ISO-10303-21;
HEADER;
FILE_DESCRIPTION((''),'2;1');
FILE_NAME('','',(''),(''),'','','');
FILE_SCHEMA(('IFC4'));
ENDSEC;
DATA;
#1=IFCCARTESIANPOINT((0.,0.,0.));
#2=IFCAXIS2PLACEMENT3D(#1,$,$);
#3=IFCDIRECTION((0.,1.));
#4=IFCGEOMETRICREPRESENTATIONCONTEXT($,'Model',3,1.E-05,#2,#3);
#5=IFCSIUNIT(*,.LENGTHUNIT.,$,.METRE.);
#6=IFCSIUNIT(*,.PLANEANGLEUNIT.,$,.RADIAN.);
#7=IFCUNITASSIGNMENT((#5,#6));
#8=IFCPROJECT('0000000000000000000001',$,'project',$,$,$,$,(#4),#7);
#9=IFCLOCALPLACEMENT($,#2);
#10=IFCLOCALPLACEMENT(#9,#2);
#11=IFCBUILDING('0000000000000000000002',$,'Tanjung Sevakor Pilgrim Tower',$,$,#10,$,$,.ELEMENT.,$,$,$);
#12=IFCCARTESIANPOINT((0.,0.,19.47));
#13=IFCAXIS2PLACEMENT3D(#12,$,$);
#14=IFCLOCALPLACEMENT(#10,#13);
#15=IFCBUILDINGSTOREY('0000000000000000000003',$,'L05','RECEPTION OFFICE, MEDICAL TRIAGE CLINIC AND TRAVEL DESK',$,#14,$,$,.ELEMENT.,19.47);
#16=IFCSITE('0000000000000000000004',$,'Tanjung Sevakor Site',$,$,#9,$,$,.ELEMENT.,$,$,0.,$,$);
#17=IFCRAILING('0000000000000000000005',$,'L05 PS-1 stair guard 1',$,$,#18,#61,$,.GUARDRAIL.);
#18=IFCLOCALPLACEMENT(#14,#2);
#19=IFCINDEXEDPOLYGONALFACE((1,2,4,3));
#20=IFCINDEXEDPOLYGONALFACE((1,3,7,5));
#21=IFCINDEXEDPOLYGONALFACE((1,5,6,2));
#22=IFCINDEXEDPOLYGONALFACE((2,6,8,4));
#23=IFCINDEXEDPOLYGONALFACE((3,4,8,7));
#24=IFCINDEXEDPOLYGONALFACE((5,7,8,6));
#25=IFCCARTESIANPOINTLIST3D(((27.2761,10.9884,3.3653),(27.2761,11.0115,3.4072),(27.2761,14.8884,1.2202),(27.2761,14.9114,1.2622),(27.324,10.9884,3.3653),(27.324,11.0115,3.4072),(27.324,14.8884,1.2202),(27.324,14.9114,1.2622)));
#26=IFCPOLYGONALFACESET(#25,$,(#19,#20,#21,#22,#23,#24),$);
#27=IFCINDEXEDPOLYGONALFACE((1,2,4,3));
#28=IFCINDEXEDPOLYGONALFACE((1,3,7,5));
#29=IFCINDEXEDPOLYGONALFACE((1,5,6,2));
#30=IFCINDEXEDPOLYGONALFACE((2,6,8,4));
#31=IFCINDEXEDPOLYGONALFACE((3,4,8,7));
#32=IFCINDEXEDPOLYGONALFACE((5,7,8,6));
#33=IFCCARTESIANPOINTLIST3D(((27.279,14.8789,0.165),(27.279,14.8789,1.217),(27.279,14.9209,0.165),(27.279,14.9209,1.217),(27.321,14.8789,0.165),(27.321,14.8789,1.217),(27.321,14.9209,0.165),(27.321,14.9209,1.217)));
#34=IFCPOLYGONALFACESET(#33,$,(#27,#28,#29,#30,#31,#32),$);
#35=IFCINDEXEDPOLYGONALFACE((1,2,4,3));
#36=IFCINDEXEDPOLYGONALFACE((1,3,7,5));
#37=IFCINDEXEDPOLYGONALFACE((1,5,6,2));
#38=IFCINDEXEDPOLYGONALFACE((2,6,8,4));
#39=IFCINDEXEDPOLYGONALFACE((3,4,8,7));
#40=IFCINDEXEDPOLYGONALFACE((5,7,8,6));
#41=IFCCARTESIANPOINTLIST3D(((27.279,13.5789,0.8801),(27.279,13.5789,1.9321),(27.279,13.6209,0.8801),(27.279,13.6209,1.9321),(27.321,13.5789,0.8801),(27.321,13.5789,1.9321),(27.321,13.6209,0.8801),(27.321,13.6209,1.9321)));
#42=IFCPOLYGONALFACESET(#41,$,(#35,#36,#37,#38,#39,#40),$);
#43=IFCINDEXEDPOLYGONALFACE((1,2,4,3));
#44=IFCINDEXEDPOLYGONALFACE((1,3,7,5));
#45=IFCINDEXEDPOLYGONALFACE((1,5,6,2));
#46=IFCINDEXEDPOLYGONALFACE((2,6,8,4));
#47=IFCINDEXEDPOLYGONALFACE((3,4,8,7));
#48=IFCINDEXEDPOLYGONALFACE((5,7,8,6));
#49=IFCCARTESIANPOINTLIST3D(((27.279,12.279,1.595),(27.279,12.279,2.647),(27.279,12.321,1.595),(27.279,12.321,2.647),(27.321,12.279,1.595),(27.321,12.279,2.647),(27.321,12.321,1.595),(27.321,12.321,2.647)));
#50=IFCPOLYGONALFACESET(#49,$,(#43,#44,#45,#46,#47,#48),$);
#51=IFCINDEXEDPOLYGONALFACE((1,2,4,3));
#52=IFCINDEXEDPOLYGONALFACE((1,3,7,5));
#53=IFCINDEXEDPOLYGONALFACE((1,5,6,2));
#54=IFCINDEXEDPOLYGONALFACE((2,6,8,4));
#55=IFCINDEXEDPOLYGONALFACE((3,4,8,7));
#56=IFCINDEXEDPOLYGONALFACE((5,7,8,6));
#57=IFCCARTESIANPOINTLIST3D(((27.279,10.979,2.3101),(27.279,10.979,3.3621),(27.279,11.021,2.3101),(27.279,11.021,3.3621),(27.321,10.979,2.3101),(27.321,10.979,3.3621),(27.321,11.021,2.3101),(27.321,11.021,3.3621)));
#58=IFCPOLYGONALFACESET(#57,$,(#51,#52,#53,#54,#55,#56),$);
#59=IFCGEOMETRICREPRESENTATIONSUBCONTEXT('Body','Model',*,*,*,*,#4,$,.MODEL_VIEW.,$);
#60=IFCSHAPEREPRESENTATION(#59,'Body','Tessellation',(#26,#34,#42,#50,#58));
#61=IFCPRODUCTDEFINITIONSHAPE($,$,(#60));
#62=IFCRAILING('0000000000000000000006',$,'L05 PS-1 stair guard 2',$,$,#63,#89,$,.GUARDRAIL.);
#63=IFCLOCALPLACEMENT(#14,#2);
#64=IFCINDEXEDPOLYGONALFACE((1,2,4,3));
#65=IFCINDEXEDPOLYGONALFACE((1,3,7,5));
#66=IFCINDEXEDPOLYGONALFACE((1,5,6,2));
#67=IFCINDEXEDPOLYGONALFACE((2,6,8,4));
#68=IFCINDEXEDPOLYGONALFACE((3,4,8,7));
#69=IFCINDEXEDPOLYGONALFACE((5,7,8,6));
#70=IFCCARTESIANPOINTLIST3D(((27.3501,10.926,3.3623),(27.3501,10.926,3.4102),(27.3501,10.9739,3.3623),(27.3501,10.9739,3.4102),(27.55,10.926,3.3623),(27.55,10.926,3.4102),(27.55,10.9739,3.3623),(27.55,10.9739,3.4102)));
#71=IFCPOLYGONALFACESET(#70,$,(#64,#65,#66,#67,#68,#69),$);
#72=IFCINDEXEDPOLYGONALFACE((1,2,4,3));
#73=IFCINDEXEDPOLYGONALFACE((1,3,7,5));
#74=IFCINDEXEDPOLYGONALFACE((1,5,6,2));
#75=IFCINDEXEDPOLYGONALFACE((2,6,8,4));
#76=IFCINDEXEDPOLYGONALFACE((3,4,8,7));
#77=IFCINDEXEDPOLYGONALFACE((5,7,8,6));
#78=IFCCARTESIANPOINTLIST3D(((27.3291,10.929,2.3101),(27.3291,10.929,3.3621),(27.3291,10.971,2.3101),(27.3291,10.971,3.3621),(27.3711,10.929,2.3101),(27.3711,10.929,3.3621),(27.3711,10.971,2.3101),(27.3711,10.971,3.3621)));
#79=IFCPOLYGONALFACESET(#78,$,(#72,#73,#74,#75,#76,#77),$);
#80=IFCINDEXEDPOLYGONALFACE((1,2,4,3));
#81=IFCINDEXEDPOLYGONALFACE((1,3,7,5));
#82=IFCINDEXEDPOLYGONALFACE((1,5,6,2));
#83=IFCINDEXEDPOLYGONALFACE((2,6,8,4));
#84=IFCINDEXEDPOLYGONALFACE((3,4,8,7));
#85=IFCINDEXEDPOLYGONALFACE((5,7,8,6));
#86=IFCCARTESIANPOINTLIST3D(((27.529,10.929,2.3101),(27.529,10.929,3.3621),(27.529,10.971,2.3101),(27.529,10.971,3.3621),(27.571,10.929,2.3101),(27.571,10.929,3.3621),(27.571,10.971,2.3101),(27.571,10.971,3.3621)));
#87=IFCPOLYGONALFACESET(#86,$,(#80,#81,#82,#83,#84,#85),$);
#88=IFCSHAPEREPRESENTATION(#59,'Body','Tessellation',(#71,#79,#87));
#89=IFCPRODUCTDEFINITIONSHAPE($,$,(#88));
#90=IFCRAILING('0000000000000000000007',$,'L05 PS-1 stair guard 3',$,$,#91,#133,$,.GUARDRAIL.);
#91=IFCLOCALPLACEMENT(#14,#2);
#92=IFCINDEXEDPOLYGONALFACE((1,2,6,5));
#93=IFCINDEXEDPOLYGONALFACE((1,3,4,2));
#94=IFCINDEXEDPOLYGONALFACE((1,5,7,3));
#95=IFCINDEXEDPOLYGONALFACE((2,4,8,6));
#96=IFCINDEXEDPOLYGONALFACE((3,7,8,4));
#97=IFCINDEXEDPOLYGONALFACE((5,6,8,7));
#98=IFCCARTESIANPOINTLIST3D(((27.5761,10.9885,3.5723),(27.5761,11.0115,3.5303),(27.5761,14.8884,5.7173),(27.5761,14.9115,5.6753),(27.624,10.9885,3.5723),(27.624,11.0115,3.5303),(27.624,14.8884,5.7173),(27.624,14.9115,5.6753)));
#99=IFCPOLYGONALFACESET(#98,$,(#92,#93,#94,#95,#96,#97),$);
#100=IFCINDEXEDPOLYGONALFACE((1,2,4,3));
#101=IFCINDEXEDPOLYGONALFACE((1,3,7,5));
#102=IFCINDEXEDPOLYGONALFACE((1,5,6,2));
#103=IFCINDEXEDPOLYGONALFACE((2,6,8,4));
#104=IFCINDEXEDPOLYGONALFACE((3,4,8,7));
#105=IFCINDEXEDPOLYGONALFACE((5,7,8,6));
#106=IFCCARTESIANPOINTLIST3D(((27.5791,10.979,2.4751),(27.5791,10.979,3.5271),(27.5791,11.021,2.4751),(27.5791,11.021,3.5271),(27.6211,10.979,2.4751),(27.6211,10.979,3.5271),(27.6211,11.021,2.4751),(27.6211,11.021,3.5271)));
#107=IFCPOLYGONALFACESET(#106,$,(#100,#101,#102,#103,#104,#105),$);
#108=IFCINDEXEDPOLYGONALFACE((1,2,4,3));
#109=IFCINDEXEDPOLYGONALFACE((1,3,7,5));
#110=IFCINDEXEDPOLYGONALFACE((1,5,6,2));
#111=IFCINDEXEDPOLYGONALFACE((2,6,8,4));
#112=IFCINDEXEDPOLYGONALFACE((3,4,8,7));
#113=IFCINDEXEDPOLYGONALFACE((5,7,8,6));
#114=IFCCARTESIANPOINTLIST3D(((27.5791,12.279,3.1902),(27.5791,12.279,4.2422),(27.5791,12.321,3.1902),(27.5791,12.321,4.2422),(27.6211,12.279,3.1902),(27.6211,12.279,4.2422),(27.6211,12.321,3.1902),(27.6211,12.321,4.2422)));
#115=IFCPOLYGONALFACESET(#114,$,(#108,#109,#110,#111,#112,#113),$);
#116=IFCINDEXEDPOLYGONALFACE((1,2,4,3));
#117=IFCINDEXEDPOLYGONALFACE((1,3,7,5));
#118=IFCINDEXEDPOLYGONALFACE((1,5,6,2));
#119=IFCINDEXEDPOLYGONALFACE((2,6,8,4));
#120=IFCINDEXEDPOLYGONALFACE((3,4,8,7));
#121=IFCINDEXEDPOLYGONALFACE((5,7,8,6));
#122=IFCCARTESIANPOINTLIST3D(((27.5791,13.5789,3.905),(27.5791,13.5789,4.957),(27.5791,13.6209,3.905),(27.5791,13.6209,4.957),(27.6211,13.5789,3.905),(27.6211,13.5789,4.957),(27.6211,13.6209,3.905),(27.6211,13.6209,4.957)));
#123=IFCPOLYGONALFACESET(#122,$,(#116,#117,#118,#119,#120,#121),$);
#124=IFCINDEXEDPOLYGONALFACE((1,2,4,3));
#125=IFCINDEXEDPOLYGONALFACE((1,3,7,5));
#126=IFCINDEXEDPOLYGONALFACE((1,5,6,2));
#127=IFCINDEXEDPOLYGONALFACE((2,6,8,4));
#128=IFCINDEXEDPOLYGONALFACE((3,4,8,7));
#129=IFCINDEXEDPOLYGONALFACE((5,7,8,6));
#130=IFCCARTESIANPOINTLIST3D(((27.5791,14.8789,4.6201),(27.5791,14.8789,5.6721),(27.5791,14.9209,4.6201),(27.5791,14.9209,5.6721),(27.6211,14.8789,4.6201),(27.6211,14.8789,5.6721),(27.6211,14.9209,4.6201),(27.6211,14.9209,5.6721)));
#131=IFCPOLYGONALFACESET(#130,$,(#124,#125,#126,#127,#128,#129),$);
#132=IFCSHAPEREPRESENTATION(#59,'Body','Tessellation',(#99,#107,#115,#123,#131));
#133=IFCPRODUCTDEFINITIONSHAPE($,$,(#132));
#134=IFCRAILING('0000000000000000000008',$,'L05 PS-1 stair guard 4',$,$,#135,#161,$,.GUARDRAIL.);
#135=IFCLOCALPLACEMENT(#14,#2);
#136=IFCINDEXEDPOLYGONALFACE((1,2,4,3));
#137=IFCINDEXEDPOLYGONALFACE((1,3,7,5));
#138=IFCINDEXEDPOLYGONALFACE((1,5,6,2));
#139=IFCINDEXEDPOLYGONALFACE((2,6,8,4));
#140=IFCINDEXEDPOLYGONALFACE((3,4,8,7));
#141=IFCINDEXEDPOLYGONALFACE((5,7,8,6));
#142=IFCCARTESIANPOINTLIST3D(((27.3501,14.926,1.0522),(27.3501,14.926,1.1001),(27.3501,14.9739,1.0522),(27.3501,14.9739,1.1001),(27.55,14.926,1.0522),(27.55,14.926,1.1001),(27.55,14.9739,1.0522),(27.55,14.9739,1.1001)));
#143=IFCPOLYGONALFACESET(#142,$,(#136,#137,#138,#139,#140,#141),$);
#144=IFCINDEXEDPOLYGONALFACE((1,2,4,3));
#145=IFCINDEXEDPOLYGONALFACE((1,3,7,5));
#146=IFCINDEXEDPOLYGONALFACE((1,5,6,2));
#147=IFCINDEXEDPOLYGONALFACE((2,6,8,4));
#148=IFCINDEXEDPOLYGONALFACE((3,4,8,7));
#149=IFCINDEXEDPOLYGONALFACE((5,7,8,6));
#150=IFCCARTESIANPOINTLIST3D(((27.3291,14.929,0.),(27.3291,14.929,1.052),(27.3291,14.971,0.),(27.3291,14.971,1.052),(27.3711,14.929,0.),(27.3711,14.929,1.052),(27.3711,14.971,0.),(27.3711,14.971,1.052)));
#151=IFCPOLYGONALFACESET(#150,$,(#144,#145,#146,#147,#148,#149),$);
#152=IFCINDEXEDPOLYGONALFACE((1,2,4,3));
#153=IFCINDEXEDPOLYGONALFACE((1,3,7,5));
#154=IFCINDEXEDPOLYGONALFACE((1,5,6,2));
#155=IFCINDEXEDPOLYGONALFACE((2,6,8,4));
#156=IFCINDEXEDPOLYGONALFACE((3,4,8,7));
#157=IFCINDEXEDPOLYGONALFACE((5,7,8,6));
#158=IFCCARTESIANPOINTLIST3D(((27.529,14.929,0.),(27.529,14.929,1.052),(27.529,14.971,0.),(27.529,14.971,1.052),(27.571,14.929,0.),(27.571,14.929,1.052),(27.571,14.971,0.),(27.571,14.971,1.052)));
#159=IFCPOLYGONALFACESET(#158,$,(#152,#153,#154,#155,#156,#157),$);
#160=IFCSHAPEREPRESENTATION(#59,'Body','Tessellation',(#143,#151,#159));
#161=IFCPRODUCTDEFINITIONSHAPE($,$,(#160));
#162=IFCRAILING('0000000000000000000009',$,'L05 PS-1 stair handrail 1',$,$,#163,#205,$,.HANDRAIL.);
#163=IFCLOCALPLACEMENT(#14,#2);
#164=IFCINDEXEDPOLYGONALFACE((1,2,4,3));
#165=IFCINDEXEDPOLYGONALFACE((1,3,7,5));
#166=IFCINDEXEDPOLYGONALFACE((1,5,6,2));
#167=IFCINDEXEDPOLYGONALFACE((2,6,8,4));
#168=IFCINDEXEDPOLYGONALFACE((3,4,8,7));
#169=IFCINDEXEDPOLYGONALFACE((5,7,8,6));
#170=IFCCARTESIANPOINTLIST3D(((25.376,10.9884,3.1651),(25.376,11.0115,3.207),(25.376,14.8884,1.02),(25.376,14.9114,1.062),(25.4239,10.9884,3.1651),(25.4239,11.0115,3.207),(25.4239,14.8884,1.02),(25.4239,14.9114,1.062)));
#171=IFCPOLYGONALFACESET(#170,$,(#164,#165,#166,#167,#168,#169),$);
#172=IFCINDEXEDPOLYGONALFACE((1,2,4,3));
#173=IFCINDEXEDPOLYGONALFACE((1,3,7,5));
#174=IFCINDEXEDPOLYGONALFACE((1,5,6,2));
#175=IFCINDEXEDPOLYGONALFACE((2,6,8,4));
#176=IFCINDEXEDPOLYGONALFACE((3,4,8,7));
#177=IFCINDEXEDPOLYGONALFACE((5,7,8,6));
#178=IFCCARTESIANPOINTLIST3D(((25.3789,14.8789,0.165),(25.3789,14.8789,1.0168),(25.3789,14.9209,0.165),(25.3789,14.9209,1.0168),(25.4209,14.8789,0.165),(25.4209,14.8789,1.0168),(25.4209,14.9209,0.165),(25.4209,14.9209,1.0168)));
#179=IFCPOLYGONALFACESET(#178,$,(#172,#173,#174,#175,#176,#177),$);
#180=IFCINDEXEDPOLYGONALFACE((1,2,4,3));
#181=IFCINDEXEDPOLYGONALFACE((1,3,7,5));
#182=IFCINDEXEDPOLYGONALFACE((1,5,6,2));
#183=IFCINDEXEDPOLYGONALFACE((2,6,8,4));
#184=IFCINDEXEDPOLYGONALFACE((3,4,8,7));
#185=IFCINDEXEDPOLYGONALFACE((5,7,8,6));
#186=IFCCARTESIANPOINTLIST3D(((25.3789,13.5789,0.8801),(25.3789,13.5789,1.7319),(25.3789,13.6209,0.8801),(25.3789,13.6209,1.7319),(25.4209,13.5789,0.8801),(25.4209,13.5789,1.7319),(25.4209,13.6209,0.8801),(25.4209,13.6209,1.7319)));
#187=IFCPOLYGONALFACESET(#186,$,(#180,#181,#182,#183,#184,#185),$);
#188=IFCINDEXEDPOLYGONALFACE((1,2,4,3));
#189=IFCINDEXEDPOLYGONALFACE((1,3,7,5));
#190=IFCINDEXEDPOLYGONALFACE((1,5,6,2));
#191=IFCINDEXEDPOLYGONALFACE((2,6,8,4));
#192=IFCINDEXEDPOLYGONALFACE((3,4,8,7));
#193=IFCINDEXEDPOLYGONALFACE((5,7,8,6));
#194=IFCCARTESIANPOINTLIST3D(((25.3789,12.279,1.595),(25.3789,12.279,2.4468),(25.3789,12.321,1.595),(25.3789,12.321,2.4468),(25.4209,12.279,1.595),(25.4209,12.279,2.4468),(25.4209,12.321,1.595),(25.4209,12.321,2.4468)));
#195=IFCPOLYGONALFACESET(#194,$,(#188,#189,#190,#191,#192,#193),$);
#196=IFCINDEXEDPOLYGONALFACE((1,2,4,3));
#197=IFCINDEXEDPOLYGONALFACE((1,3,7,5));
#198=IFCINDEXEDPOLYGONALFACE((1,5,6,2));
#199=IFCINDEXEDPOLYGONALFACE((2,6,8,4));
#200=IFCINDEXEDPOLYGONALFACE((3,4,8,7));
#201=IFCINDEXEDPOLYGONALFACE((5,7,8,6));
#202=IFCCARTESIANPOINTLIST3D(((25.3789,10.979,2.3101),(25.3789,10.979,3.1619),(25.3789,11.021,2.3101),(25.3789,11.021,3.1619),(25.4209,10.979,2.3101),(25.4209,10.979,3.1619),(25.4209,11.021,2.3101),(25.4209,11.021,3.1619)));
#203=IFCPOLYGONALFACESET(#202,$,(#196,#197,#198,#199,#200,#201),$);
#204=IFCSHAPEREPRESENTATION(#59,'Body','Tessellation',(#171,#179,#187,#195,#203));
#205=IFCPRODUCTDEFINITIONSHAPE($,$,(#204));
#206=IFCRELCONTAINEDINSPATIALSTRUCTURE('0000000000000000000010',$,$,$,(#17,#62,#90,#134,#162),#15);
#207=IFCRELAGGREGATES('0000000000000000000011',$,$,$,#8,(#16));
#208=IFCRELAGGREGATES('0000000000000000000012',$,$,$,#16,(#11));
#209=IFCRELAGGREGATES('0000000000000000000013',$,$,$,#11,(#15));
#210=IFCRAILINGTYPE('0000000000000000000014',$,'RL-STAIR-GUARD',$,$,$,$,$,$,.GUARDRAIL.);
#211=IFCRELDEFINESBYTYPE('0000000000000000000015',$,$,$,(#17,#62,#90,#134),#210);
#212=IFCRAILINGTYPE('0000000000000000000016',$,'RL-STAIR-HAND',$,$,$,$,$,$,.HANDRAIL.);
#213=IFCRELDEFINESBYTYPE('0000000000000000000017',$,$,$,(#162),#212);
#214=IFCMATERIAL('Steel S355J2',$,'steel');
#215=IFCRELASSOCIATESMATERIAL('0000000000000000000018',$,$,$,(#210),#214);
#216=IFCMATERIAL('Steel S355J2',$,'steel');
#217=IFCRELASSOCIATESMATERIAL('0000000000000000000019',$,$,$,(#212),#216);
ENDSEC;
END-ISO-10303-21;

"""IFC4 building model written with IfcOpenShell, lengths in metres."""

from ifc_helpers import new_model, si_unit, direction, frame, origin, place, context, subcontext, project, spatial, rectangle, extrude, material, type_object, element, save


model = new_model("IFC4")

# Units and contexts
model_context = context("Model", 3, precision=1e-05, world=origin(), true_north=direction((0.0, 1.0)))
body_context = subcontext(model_context, "Body", "Model", "MODEL_VIEW")
ifc_project = project(units=[si_unit("LENGTHUNIT", "METRE"), si_unit("PLANEANGLEUNIT", "RADIAN")], contexts=[model_context])

# Site, building, storey
site_placement = place(None, origin())
site = spatial("IfcSite", under=ifc_project, at=site_placement, Name="Tanjung Sevakor Site", CompositionType="ELEMENT", RefElevation=0.0)
building_placement = place(site_placement, origin())
building = spatial("IfcBuilding", under=site, at=building_placement, Name="Tanjung Sevakor Pilgrim Tower", CompositionType="ELEMENT")
storey_placement = place(building_placement, frame((0.0, 0.0, 19.47)))
storey = spatial("IfcBuildingStorey", under=building, at=storey_placement, Name="L05", Description="RECEPTION OFFICE, MEDICAL TRIAGE CLINIC AND TRAVEL DESK", CompositionType="ELEMENT", Elevation=19.47)

# Railings
ifc_material_1 = material(Name="Steel S355J2", Category="steel")
railing_type_1 = type_object("IfcRailingType", Name="RL-STAIR-GUARD", PredefinedType="GUARDRAIL", material=ifc_material_1)
railing_1_placement = place(storey_placement, frame((27.3, 14.8999, 0.165)))
element("IfcRailing", 1, at=railing_1_placement, inside=storey, type_object=railing_type_1, Name="L05 PS-1 stair guard 1", PredefinedType="GUARDRAIL", context=body_context, shape_type="SweptSolid", body=[
    extrude(rectangle(XDim=0.0479, YDim=0.0479), frame((0.0, 0.0, 1.0762), z_axis=(0.0, -0.876209, 0.481931), x_axis=(1.0, 0.0, 0.0)), (0.0, 0.0, 1.0), 4.4509),
    extrude(rectangle(XDim=0.042, YDim=0.042), origin(), (0.0, 0.0, 1.0), 1.052),
    extrude(rectangle(XDim=0.042, YDim=0.042), frame((0.0, -1.3, 0.7151)), (0.0, 0.0, 1.0), 1.052),
    extrude(rectangle(XDim=0.042, YDim=0.042), frame((0.0, -2.5999, 1.4299)), (0.0, 0.0, 1.0), 1.052),
    extrude(rectangle(XDim=0.042, YDim=0.042), frame((0.0, -3.8999, 2.145)), (0.0, 0.0, 1.0), 1.052),
])
railing_2_placement = place(storey_placement, frame((27.3501, 10.95, 2.3101)))
element("IfcRailing", 2, at=railing_2_placement, inside=storey, type_object=railing_type_1, Name="L05 PS-1 stair guard 2", PredefinedType="GUARDRAIL", context=body_context, shape_type="SweptSolid", body=[
    extrude(rectangle(XDim=0.0479, YDim=0.0479), frame((0.0, 0.0, 1.0762), z_axis=(1.0, 0.0, 0.0), x_axis=(0.0, 1.0, 0.0)), (0.0, 0.0, 1.0), 0.2),
    extrude(rectangle(XDim=0.042, YDim=0.042), origin(), (0.0, 0.0, 1.0), 1.052),
    extrude(rectangle(XDim=0.042, YDim=0.042), frame((0.2, 0.0, 0.0)), (0.0, 0.0, 1.0), 1.052),
])
railing_3_placement = place(storey_placement, frame((27.6001, 11.0, 2.4751)))
element("IfcRailing", 3, at=railing_3_placement, inside=storey, type_object=railing_type_1, Name="L05 PS-1 stair guard 3", PredefinedType="GUARDRAIL", context=body_context, shape_type="SweptSolid", body=[
    extrude(rectangle(XDim=0.0479, YDim=0.0479), frame((0.0, 0.0, 1.0762), z_axis=(0.0, 0.876209, 0.481931), x_axis=(-1.0, 0.0, 0.0)), (0.0, 0.0, 1.0), 4.4509),
    extrude(rectangle(XDim=0.042, YDim=0.042), origin(), (0.0, 0.0, 1.0), 1.052),
    extrude(rectangle(XDim=0.042, YDim=0.042), frame((0.0, 1.3, 0.7151)), (0.0, 0.0, 1.0), 1.052),
    extrude(rectangle(XDim=0.042, YDim=0.042), frame((0.0, 2.5999, 1.4299)), (0.0, 0.0, 1.0), 1.052),
    extrude(rectangle(XDim=0.042, YDim=0.042), frame((0.0, 3.8999, 2.145)), (0.0, 0.0, 1.0), 1.052),
])
railing_4_placement = place(storey_placement, frame((27.3501, 14.95, 0.0)))
element("IfcRailing", 4, at=railing_4_placement, inside=storey, type_object=railing_type_1, Name="L05 PS-1 stair guard 4", PredefinedType="GUARDRAIL", context=body_context, shape_type="SweptSolid", body=[
    extrude(rectangle(XDim=0.0479, YDim=0.0479), frame((0.0, 0.0, 1.0762), z_axis=(1.0, 0.0, 0.0), x_axis=(0.0, 1.0, 0.0)), (0.0, 0.0, 1.0), 0.2),
    extrude(rectangle(XDim=0.042, YDim=0.042), origin(), (0.0, 0.0, 1.0), 1.052),
    extrude(rectangle(XDim=0.042, YDim=0.042), frame((0.2, 0.0, 0.0)), (0.0, 0.0, 1.0), 1.052),
])
ifc_material_2 = material(Name="Steel S355J2", Category="steel")
railing_type_2 = type_object("IfcRailingType", Name="RL-STAIR-HAND", PredefinedType="HANDRAIL", material=ifc_material_2)
railing_5_placement = place(storey_placement, frame((25.3999, 14.8999, 0.165)))
element("IfcRailing", 5, at=railing_5_placement, inside=storey, type_object=railing_type_2, Name="L05 PS-1 stair handrail 1", PredefinedType="HANDRAIL", context=body_context, shape_type="SweptSolid", body=[
    extrude(rectangle(XDim=0.0479, YDim=0.0479), frame((0.0, 0.0, 0.876), z_axis=(0.0, -0.876209, 0.481931), x_axis=(1.0, 0.0, 0.0)), (0.0, 0.0, 1.0), 4.4509),
    extrude(rectangle(XDim=0.042, YDim=0.042), origin(), (0.0, 0.0, 1.0), 0.8518),
    extrude(rectangle(XDim=0.042, YDim=0.042), frame((0.0, -1.3, 0.7151)), (0.0, 0.0, 1.0), 0.8518),
    extrude(rectangle(XDim=0.042, YDim=0.042), frame((0.0, -2.5999, 1.4299)), (0.0, 0.0, 1.0), 0.8518),
    extrude(rectangle(XDim=0.042, YDim=0.042), frame((0.0, -3.8999, 2.145)), (0.0, 0.0, 1.0), 0.8518),
])

save(model, "model.ifc")
